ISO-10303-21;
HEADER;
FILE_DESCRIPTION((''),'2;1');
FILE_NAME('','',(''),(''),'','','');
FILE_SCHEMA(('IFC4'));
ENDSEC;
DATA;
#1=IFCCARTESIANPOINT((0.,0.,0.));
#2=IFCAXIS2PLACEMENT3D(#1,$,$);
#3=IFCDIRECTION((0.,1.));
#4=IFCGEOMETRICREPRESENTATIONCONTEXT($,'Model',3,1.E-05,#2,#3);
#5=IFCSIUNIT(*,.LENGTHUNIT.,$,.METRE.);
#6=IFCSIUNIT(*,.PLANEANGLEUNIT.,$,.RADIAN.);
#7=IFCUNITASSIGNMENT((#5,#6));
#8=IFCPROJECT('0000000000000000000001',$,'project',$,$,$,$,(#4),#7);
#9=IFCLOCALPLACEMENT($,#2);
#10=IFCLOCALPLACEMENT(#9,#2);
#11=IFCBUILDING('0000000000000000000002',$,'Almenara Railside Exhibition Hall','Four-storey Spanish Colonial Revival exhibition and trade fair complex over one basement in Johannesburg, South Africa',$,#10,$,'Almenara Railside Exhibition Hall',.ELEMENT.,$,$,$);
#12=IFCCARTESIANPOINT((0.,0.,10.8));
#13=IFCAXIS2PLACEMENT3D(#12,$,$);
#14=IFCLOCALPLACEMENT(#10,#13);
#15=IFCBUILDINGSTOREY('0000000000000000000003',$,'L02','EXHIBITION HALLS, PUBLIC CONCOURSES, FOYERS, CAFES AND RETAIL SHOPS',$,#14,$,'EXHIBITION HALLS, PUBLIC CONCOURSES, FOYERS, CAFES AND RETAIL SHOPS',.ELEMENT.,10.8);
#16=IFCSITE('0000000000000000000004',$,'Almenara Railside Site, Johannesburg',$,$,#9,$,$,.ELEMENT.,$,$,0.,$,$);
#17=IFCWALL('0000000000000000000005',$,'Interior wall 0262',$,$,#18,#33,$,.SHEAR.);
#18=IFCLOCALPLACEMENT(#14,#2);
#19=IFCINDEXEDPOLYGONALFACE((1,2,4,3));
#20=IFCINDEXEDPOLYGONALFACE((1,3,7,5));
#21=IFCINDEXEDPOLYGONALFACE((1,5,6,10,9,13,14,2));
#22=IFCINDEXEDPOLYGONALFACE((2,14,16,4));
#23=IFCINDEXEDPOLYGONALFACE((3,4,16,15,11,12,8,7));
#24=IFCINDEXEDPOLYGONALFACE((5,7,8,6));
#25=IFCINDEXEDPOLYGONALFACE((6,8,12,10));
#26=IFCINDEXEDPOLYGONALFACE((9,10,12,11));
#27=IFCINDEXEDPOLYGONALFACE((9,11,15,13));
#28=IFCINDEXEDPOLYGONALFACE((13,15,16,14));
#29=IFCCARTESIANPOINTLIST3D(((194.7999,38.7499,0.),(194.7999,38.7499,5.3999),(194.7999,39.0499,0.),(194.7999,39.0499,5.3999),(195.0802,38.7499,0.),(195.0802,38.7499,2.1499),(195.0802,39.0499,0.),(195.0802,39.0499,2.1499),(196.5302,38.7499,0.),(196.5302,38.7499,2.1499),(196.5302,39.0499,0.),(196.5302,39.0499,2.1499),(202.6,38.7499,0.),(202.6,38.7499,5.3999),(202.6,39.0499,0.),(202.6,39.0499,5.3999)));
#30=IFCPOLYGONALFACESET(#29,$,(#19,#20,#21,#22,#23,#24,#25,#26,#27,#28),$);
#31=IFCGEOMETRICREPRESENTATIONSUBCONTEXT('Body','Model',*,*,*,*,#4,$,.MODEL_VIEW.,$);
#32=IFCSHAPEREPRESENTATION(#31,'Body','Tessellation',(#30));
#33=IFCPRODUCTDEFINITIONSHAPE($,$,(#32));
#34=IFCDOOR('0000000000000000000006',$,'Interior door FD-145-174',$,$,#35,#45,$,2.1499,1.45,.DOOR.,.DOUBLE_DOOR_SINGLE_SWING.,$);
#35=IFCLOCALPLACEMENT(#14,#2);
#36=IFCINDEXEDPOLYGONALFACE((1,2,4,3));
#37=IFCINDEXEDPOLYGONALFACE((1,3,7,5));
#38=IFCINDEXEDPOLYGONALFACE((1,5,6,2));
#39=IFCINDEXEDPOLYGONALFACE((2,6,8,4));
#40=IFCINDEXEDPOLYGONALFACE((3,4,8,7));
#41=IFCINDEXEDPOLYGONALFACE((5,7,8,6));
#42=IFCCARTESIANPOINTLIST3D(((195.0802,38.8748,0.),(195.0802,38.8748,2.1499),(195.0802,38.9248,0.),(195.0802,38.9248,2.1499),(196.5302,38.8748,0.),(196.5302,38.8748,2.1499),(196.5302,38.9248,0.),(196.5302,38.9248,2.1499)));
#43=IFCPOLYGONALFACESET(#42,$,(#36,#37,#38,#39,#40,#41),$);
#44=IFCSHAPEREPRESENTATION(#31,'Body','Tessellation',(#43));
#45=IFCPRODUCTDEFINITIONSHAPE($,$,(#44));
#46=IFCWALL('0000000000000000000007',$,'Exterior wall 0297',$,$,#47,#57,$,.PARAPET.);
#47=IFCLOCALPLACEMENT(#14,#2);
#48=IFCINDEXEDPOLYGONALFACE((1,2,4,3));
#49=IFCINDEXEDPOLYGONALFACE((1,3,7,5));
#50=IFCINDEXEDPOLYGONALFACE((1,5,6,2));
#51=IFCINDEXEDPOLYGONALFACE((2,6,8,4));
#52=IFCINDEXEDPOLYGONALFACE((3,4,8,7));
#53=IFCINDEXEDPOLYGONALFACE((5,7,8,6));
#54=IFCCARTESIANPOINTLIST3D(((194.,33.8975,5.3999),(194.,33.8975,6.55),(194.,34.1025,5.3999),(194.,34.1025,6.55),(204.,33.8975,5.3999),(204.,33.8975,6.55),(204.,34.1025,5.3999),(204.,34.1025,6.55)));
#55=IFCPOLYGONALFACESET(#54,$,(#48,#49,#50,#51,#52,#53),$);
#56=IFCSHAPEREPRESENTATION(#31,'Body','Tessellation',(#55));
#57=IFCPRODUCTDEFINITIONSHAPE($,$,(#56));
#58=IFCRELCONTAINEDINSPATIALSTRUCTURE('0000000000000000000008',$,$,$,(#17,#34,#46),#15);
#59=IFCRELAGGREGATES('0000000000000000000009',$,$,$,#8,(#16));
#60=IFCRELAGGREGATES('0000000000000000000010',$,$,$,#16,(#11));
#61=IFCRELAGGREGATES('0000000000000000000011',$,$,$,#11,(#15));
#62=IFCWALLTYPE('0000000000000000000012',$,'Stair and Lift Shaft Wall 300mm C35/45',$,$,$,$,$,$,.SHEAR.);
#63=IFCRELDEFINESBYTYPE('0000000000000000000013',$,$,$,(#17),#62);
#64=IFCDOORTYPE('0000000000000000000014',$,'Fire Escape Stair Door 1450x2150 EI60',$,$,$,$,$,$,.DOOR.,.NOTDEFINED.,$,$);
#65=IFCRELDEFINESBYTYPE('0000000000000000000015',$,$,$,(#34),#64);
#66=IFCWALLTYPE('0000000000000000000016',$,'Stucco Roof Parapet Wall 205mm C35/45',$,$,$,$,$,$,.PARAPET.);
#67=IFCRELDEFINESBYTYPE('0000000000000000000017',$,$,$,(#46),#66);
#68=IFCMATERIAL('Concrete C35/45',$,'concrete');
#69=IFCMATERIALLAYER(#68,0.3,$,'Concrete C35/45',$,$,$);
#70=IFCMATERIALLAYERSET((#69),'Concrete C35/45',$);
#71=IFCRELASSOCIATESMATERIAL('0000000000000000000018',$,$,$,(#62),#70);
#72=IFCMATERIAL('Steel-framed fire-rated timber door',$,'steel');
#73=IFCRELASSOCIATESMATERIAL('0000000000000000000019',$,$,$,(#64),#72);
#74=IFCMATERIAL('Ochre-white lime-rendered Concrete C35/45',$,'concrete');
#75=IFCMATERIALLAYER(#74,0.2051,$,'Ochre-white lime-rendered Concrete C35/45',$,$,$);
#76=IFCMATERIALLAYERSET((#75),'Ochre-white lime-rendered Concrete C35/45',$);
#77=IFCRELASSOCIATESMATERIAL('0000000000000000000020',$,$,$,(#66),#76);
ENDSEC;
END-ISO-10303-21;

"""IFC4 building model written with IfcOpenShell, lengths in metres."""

from ifc_helpers import new_model, si_unit, direction, frame, frame_2d, origin, place, context, subcontext, project, spatial, rectangle, extrude, material, layer, layer_set, type_object, element, fill, save


model = new_model("IFC4")

# Units and contexts
model_context = context("Model", 3, precision=1e-05, world=origin(), true_north=direction((0.0, 1.0)))
body_context = subcontext(model_context, "Body", "Model", "MODEL_VIEW")
ifc_project = project(units=[si_unit("LENGTHUNIT", "METRE"), si_unit("PLANEANGLEUNIT", "RADIAN")], contexts=[model_context])

# Site, building, storey
site_placement = place(None, origin())
site = spatial("IfcSite", under=ifc_project, at=site_placement, Name="Almenara Railside Site, Johannesburg", CompositionType="ELEMENT", RefElevation=0.0)
building_placement = place(site_placement, origin())
building = spatial("IfcBuilding", under=site, at=building_placement, Name="Almenara Railside Exhibition Hall", Description="Four-storey Spanish Colonial Revival exhibition and trade fair complex over one basement in Johannesburg, South Africa", LongName="Almenara Railside Exhibition Hall", CompositionType="ELEMENT")
storey_placement = place(building_placement, frame((0.0, 0.0, 10.8)))
storey = spatial("IfcBuildingStorey", under=building, at=storey_placement, Name="L02", Description="EXHIBITION HALLS, PUBLIC CONCOURSES, FOYERS, CAFES AND RETAIL SHOPS", LongName="EXHIBITION HALLS, PUBLIC CONCOURSES, FOYERS, CAFES AND RETAIL SHOPS", CompositionType="ELEMENT", Elevation=10.8)

# Shared definitions
ifc_material_1 = material(Name="Concrete C35/45", Category="concrete")

# Wall, opening, door
ifc_layer_1 = layer(ifc_material_1, 0.3, Name="Concrete C35/45")
ifc_layer_set_1 = layer_set([ifc_layer_1], Name="Concrete C35/45")
wall_type_1 = type_object("IfcWallType", Name="Stair and Lift Shaft Wall 300mm C35/45", PredefinedType="SHEAR", material=ifc_layer_set_1)
wall_1_placement = place(storey_placement, frame((194.8, 38.8999, 0.0), z_axis=(0.0, 0.0, 1.0), x_axis=(1.0, 0.0, 0.0)))
wall_1 = element("IfcWall", 1, at=wall_1_placement, inside=storey, type_object=wall_type_1, Name="Interior wall 0262", PredefinedType="SHEAR", context=body_context, shape_type="SweptSolid", body=[
    extrude(rectangle(XDim=7.8, YDim=0.3, at=frame_2d((3.8999, 0.0))), origin(), (0.0, 0.0, 1.0), 5.3999),
])
opening_1_placement = place(wall_1_placement, frame((0.28, 0.0, 0.0)))
opening_1 = element("IfcOpeningElement", 2, at=opening_1_placement, cuts=wall_1, PredefinedType="OPENING", context=body_context, shape_type="SweptSolid", body=[
    extrude(rectangle(XDim=1.45, YDim=2.1499, at=frame_2d((0.7251, 1.075))), frame((0.0, 0.1599, 0.0), z_axis=(0.0, -1.0, 0.0), x_axis=(1.0, 0.0, 0.0)), (0.0, 0.0, 1.0), 0.3201),
])
ifc_material_2 = material(Name="Steel-framed fire-rated timber door", Category="steel")
door_type_1 = type_object("IfcDoorType", Name="Fire Escape Stair Door 1450x2150 EI60", OperationType="NOTDEFINED", PredefinedType="DOOR", material=ifc_material_2)
door_1_placement = place(opening_1_placement, origin())
door_1 = element("IfcDoor", 3, at=door_1_placement, inside=storey, type_object=door_type_1, Name="Interior door FD-145-174", OperationType="DOUBLE_DOOR_SINGLE_SWING", OverallHeight=2.1499, OverallWidth=1.45, PredefinedType="DOOR", context=body_context, shape_type="SweptSolid", body=[
    extrude(rectangle(XDim=1.45, YDim=2.1499, at=frame_2d((0.7251, 1.075))), frame((0.0, 0.0249, 0.0), z_axis=(0.0, -1.0, 0.0), x_axis=(1.0, 0.0, 0.0)), (0.0, 0.0, 1.0), 0.05),
])
fill(opening_1, door_1)

# Wall
ifc_material_3 = material(Name="Ochre-white lime-rendered Concrete C35/45", Category="concrete")
ifc_layer_2 = layer(ifc_material_3, 0.2051, Name="Ochre-white lime-rendered Concrete C35/45")
ifc_layer_set_2 = layer_set([ifc_layer_2], Name="Ochre-white lime-rendered Concrete C35/45")
wall_type_2 = type_object("IfcWallType", Name="Stucco Roof Parapet Wall 205mm C35/45", PredefinedType="PARAPET", material=ifc_layer_set_2)
wall_2_placement = place(storey_placement, frame((194.0, 34.0, 5.3999), z_axis=(0.0, 0.0, 1.0), x_axis=(1.0, 0.0, 0.0)))
element("IfcWall", 4, at=wall_2_placement, inside=storey, type_object=wall_type_2, Name="Exterior wall 0297", PredefinedType="PARAPET", context=body_context, shape_type="SweptSolid", body=[
    extrude(rectangle(XDim=10.0, YDim=0.2051, at=frame_2d((5.0, 0.0))), origin(), (0.0, 0.0, 1.0), 1.1501),
])

save(model, "model.ifc")
